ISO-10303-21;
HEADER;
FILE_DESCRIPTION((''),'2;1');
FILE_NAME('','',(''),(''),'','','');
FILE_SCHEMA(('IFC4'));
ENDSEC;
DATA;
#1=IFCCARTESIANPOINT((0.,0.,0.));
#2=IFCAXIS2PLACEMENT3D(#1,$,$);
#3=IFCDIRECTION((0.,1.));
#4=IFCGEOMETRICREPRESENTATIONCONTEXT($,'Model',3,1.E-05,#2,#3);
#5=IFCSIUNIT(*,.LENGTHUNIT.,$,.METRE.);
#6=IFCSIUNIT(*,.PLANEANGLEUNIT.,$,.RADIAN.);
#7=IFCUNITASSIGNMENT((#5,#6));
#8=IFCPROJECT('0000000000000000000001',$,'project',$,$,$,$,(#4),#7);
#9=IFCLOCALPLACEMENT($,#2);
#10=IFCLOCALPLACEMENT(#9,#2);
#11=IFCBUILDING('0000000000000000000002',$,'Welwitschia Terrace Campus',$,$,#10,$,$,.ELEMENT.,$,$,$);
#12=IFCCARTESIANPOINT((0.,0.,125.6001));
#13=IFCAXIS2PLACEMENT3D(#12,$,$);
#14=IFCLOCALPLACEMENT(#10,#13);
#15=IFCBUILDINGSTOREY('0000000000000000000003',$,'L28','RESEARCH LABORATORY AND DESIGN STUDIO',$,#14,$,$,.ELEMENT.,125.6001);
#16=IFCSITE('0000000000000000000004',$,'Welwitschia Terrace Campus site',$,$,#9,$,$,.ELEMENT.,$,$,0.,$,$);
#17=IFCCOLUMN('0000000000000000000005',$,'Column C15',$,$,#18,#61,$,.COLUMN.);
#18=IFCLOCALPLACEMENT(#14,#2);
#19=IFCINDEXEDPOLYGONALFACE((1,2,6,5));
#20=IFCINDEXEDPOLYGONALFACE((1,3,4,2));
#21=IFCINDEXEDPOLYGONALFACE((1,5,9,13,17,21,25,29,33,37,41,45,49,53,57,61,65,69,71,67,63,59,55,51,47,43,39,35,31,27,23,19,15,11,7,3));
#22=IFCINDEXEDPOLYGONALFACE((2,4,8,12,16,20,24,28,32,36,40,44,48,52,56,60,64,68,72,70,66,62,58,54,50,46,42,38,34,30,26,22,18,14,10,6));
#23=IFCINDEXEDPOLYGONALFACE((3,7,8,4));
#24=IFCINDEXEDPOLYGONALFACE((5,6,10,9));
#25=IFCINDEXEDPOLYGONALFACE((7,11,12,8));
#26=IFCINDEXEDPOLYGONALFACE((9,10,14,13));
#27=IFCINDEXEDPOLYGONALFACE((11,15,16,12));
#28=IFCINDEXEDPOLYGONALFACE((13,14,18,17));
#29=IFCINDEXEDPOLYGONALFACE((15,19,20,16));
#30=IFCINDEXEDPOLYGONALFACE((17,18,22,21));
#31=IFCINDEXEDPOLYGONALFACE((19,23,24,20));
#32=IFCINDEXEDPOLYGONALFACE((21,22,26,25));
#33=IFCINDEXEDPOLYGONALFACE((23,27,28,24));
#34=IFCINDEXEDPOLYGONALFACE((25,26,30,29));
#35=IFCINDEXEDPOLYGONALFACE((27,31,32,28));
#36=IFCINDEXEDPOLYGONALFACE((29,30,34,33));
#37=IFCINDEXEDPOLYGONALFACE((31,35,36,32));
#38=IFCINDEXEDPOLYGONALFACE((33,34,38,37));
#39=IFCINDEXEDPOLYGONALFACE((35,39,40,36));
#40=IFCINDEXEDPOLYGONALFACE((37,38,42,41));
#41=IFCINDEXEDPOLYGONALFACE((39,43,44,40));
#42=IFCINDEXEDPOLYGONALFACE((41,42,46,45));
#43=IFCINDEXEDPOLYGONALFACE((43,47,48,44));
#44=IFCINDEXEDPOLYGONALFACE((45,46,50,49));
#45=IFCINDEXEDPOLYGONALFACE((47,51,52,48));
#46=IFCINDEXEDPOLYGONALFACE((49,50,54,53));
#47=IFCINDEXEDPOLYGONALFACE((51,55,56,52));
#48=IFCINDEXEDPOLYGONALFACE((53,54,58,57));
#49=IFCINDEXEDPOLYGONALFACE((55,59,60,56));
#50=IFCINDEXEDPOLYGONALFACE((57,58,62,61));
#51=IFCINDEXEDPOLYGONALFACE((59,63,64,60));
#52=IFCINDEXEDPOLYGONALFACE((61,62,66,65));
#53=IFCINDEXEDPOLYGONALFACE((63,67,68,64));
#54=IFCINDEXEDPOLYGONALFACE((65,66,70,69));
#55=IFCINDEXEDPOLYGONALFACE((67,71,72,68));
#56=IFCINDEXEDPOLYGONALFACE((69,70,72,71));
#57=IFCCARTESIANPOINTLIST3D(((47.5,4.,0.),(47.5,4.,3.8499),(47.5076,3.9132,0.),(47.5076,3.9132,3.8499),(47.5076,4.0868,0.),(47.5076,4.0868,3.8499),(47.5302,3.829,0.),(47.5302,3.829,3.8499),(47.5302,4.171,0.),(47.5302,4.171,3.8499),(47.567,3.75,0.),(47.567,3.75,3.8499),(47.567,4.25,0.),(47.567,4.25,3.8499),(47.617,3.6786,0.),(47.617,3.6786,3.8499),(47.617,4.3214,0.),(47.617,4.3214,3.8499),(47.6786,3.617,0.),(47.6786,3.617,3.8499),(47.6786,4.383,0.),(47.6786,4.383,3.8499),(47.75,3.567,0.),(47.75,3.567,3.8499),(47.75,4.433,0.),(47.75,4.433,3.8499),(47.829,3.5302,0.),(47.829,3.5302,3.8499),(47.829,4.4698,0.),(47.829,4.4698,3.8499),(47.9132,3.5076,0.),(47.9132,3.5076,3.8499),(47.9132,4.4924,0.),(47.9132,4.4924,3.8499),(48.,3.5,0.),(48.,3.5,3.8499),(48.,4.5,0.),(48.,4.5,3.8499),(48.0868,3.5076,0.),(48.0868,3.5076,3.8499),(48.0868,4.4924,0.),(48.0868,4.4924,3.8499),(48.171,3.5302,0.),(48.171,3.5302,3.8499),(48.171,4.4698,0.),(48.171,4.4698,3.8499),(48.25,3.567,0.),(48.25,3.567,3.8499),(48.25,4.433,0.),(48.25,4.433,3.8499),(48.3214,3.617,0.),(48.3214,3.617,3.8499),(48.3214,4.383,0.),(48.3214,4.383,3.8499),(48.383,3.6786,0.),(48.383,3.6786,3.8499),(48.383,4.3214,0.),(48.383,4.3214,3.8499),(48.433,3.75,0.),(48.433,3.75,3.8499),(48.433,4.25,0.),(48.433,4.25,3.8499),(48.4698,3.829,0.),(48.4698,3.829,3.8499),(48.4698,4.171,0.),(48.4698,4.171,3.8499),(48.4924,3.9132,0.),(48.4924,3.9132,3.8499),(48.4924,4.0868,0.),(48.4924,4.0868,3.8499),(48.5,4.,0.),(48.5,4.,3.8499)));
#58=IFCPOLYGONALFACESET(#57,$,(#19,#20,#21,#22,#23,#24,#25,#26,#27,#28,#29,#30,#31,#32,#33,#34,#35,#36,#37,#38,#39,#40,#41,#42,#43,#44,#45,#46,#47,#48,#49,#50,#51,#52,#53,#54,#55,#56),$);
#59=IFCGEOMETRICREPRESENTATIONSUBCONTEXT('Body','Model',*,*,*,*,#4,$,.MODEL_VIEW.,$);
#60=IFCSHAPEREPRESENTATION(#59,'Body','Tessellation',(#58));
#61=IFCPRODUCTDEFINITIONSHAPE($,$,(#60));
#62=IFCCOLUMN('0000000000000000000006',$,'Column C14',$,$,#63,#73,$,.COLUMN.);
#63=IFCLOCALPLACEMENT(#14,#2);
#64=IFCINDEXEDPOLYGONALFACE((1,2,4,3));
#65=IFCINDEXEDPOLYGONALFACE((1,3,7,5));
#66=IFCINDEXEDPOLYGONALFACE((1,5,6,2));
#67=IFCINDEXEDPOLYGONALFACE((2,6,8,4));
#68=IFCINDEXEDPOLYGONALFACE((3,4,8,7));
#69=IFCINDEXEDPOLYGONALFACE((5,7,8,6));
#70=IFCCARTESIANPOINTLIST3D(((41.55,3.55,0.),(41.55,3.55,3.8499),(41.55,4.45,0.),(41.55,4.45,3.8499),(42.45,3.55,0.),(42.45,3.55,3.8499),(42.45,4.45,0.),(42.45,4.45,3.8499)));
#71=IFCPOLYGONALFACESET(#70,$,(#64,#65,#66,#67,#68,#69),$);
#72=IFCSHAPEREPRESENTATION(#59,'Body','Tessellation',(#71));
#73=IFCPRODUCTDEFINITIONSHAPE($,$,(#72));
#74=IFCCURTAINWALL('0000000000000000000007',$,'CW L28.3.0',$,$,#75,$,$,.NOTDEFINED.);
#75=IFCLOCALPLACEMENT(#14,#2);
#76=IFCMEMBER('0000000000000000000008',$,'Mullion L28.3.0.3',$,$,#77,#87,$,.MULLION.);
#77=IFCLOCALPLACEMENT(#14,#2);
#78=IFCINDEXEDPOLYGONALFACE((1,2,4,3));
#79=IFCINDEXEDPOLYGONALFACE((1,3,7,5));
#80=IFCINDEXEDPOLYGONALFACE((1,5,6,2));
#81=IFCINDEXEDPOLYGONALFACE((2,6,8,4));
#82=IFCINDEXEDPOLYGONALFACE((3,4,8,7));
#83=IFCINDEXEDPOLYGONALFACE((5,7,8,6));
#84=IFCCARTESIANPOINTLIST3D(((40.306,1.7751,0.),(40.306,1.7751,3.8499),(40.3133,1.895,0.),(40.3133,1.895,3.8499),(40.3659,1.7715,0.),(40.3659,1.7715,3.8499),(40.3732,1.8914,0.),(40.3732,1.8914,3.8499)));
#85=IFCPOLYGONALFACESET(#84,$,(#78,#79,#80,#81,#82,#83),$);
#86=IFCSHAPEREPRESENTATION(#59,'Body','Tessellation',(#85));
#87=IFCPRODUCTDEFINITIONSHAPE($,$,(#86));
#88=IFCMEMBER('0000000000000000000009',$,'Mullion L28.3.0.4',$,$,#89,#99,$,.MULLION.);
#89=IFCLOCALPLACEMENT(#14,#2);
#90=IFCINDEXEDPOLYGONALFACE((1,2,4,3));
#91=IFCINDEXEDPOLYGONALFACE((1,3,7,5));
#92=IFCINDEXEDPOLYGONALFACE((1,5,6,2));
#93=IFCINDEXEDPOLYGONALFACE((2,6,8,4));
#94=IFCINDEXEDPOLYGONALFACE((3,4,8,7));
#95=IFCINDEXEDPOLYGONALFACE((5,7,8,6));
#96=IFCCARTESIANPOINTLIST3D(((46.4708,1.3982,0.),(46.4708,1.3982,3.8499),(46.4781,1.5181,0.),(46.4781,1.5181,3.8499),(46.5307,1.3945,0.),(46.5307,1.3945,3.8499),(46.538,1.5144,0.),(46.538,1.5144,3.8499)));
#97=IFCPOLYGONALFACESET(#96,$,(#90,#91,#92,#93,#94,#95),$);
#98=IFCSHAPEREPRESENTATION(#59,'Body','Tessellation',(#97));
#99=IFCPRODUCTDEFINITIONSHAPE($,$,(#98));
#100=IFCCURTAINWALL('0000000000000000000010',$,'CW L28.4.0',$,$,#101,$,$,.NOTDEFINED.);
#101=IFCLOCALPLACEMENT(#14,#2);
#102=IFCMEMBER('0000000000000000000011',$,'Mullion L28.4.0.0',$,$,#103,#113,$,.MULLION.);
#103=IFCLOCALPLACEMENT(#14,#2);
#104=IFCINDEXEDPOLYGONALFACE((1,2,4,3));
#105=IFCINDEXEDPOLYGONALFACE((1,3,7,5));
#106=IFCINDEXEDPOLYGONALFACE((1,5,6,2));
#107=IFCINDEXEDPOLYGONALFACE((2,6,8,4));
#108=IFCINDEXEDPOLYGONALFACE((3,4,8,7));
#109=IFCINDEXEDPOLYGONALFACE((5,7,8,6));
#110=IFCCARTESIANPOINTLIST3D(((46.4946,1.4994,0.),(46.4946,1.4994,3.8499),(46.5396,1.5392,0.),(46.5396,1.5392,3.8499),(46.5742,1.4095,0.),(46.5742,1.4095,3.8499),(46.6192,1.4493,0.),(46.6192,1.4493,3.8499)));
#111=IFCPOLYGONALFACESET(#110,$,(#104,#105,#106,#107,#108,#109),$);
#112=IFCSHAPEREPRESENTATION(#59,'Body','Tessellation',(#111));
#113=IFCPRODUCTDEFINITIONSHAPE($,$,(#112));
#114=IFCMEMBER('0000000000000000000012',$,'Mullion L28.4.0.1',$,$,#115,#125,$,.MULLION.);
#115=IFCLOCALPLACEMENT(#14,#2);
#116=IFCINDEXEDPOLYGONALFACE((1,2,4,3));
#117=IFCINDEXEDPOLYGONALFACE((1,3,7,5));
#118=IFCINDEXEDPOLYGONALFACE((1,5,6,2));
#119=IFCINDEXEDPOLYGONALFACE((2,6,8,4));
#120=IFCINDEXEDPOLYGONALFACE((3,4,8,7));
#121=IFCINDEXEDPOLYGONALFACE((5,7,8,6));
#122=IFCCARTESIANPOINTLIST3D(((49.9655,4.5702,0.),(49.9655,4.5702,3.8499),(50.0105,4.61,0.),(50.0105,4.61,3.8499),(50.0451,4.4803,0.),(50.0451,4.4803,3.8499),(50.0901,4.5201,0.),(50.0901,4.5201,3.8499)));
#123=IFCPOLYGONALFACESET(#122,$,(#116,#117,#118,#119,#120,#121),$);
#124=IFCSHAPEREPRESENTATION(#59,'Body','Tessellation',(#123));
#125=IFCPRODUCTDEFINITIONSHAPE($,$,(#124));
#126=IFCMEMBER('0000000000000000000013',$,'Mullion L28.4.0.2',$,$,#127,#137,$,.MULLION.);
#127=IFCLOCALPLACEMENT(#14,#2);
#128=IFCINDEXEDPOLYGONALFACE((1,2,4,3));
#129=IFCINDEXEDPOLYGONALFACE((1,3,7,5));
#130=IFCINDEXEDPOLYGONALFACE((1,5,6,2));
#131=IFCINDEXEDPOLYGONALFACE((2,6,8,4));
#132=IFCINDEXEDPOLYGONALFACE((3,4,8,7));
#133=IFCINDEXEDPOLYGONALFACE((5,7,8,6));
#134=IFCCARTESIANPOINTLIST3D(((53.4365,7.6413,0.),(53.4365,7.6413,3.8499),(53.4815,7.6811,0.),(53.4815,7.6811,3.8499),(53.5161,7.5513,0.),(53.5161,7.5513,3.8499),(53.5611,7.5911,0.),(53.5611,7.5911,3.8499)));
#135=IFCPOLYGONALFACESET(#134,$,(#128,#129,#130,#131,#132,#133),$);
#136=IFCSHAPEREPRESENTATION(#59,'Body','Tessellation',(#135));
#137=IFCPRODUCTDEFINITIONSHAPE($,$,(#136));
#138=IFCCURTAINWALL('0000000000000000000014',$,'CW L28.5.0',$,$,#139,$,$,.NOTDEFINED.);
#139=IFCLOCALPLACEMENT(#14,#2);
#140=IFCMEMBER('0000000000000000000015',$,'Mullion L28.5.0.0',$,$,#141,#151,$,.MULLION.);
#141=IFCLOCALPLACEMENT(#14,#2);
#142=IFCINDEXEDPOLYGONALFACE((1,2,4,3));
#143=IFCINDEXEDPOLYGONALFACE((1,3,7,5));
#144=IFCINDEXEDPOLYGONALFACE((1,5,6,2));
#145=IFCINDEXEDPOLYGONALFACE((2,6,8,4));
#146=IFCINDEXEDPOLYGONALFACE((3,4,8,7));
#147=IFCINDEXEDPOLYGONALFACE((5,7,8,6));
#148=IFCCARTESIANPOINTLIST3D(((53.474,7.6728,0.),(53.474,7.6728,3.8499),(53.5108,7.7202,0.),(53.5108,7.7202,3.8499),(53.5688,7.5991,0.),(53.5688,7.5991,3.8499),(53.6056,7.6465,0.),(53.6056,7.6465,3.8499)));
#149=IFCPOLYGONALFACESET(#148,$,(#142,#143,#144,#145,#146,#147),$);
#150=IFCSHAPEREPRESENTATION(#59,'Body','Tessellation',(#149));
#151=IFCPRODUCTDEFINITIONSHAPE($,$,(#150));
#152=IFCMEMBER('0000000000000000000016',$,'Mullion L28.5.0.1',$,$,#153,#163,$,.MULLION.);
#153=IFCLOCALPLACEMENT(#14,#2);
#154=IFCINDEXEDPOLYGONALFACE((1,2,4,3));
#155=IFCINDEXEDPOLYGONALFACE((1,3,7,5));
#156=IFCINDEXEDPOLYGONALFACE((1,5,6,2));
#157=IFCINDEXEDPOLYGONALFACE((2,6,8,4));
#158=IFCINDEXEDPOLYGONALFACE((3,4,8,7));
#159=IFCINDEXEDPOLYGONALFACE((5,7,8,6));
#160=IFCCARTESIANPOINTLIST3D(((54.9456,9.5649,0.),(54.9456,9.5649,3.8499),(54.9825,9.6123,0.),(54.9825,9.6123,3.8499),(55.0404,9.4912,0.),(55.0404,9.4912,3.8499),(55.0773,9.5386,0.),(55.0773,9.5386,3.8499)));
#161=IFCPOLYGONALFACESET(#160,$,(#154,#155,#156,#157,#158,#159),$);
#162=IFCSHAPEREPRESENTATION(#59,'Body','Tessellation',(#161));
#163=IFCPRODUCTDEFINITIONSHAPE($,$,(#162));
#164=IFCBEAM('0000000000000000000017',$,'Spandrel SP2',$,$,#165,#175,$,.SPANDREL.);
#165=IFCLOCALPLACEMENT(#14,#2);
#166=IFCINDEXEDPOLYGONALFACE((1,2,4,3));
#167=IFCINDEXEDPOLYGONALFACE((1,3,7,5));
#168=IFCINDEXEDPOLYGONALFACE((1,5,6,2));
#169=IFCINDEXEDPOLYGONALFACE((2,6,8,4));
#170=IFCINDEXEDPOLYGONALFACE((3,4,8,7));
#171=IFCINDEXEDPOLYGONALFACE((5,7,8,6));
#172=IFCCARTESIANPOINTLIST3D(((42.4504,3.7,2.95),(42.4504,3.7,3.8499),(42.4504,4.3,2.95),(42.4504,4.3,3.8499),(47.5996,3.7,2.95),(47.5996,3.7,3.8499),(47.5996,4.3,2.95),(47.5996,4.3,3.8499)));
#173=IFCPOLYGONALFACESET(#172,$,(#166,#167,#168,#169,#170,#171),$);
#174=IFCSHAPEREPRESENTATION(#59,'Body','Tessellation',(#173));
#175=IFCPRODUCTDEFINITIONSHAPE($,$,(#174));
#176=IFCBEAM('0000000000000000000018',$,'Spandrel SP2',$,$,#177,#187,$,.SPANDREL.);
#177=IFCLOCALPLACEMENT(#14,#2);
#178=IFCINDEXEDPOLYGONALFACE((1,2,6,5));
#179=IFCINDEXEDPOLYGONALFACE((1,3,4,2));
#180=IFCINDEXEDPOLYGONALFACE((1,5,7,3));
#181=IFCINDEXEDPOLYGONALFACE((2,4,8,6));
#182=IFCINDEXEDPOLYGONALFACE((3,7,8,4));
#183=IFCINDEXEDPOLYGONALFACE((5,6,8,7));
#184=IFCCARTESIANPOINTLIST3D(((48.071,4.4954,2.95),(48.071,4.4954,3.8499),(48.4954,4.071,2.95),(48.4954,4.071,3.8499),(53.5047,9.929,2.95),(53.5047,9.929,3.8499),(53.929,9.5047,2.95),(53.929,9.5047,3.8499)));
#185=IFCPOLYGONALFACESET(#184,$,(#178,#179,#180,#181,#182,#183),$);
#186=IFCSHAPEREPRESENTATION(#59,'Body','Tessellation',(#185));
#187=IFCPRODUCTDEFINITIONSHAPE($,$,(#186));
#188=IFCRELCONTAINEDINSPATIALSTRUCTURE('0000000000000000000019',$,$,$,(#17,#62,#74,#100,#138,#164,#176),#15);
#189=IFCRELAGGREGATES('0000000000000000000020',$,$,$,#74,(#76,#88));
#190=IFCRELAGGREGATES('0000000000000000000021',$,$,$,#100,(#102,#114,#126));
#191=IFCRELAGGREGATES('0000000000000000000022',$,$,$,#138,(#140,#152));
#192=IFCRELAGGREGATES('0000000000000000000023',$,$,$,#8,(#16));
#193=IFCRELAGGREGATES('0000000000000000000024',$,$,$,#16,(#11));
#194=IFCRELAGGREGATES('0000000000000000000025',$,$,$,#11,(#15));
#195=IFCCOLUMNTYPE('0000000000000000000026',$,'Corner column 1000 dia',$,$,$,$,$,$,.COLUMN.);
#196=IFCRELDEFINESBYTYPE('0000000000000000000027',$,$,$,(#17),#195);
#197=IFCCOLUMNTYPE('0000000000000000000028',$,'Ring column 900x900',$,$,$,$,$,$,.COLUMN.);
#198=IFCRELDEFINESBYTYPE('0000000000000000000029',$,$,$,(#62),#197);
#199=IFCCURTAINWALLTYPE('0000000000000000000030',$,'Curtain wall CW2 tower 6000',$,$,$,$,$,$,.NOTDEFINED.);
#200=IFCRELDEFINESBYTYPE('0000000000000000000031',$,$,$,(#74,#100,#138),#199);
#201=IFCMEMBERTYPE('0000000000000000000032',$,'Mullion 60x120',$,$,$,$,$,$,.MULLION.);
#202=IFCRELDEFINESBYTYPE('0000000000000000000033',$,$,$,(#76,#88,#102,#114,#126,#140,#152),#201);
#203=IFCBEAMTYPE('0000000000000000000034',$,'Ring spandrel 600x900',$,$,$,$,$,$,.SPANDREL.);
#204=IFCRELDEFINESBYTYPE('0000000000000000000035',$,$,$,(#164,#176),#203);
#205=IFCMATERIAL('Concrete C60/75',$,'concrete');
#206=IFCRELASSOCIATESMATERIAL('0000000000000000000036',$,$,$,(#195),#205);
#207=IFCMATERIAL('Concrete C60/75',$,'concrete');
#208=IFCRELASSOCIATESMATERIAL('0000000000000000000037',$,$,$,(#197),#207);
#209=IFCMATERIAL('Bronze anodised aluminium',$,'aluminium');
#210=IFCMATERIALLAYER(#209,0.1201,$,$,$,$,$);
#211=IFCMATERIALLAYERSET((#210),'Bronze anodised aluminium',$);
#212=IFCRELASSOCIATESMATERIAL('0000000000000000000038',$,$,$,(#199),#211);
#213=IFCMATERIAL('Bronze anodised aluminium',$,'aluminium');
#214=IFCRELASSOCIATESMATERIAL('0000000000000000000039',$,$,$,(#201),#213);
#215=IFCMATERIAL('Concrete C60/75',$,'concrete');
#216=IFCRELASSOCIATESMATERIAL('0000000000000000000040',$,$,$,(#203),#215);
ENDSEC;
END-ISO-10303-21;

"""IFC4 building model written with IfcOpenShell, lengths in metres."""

from ifc_helpers import new_model, si_unit, direction, frame, origin, origin_2d, place, context, subcontext, project, spatial, rectangle, circle, extrude, material, layer, layer_set, material_profile, profile_set, type_object, element, aggregate, save


model = new_model("IFC4")

# Units and contexts
model_context = context("Model", 3, precision=1e-05, world=origin(), true_north=direction((0.0, 1.0)))
body_context = subcontext(model_context, "Body", "Model", "MODEL_VIEW")
ifc_project = project(units=[si_unit("LENGTHUNIT", "METRE"), si_unit("PLANEANGLEUNIT", "RADIAN")], contexts=[model_context])

# Site, building, storey
site_placement = place(None, origin())
site = spatial("IfcSite", under=ifc_project, at=site_placement, Name="Welwitschia Terrace Campus site", CompositionType="ELEMENT", RefElevation=0.0)
building_placement = place(site_placement, origin())
building = spatial("IfcBuilding", under=site, at=building_placement, Name="Welwitschia Terrace Campus", CompositionType="ELEMENT")
storey_placement = place(building_placement, frame((0.0, 0.0, 125.6001)))
storey = spatial("IfcBuildingStorey", under=building, at=storey_placement, Name="L28", Description="RESEARCH LABORATORY AND DESIGN STUDIO", CompositionType="ELEMENT", Elevation=125.6001)

# Columns
ifc_material_1 = material(Name="Concrete C60/75", Category="concrete")
ifc_material_profile_1 = material_profile(ifc_material_1, circle(Radius=0.5, at=origin_2d()))
ifc_profile_set_1 = profile_set([ifc_material_profile_1], Name="Concrete C60/75")
column_type_1 = type_object("IfcColumnType", Name="Corner column 1000 dia", PredefinedType="COLUMN", material=ifc_profile_set_1)
column_1_placement = place(storey_placement, frame((48.0, 4.0, 0.0), z_axis=(0.0, 0.0, 1.0), x_axis=(1.0, 0.0, 0.0)))
element("IfcColumn", 1, at=column_1_placement, inside=storey, type_object=column_type_1, Name="Column C15", PredefinedType="COLUMN", context=body_context, shape_type="SweptSolid", body=[
    extrude(circle(Radius=0.5, at=origin_2d()), origin(), (0.0, 0.0, 1.0), 3.8499),
])
ifc_material_2 = material(Name="Concrete C60/75", Category="concrete")
ifc_material_profile_2 = material_profile(ifc_material_2, rectangle(XDim=0.8999, YDim=0.8999, at=origin_2d()))
ifc_profile_set_2 = profile_set([ifc_material_profile_2], Name="Concrete C60/75")
column_type_2 = type_object("IfcColumnType", Name="Ring column 900x900", PredefinedType="COLUMN", material=ifc_profile_set_2)
column_2_placement = place(storey_placement, frame((42.0, 4.0, 0.0), z_axis=(0.0, 0.0, 1.0), x_axis=(1.0, 0.0, 0.0)))
element("IfcColumn", 2, at=column_2_placement, inside=storey, type_object=column_type_2, Name="Column C14", PredefinedType="COLUMN", context=body_context, shape_type="SweptSolid", body=[
    extrude(rectangle(XDim=0.8999, YDim=0.8999, at=origin_2d()), origin(), (0.0, 0.0, 1.0), 3.8499),
])

# Curtain walls, members
ifc_material_3 = material(Name="Bronze anodised aluminium", Category="aluminium")
ifc_layer_1 = layer(ifc_material_3, 0.1201)
ifc_layer_set_1 = layer_set([ifc_layer_1], Name="Bronze anodised aluminium")
curtain_wall_type = type_object("IfcCurtainWallType", Name="Curtain wall CW2 tower 6000", PredefinedType="NOTDEFINED", material=ifc_layer_set_1)
curtain_wall_1_placement = place(storey_placement, origin())
curtain_wall_1 = element("IfcCurtainWall", 3, at=curtain_wall_1_placement, inside=storey, type_object=curtain_wall_type, Name="CW L28.3.0", PredefinedType="NOTDEFINED")
ifc_material_4 = material(Name="Bronze anodised aluminium", Category="aluminium")
ifc_material_profile_3 = material_profile(ifc_material_4, rectangle(XDim=0.1201, YDim=0.0601, at=origin_2d()))
ifc_profile_set_3 = profile_set([ifc_material_profile_3], Name="Bronze anodised aluminium")
member_type_1 = type_object("IfcMemberType", Name="Mullion 60x120", PredefinedType="MULLION", material=ifc_profile_set_3)
member_1_placement = place(storey_placement, frame((40.3396, 1.8333, 0.0), z_axis=(0.0, 0.0, 1.0), x_axis=(0.061049, 0.998135, 0.0)))
member_1 = element("IfcMember", 4, at=member_1_placement, type_object=member_type_1, Name="Mullion L28.3.0.3", PredefinedType="MULLION", context=body_context, shape_type="SweptSolid", body=[
    extrude(rectangle(XDim=0.1201, YDim=0.0601, at=origin_2d()), origin(), (0.0, 0.0, 1.0), 3.8499),
])
member_2_placement = place(storey_placement, frame((46.5044, 1.4563, 0.0), z_axis=(0.0, 0.0, 1.0), x_axis=(0.061049, 0.998135, 0.0)))
member_2 = element("IfcMember", 5, at=member_2_placement, type_object=member_type_1, Name="Mullion L28.3.0.4", PredefinedType="MULLION", context=body_context, shape_type="SweptSolid", body=[
    extrude(rectangle(XDim=0.1201, YDim=0.0601, at=origin_2d()), origin(), (0.0, 0.0, 1.0), 3.8499),
])
curtain_wall_2_placement = place(storey_placement, origin())
curtain_wall_2 = element("IfcCurtainWall", 6, at=curtain_wall_2_placement, inside=storey, type_object=curtain_wall_type, Name="CW L28.4.0", PredefinedType="NOTDEFINED")
member_3_placement = place(storey_placement, frame((46.5569, 1.4744, 0.0), z_axis=(0.0, 0.0, 1.0), x_axis=(-0.66262, 0.748956, 0.0)))
member_3 = element("IfcMember", 7, at=member_3_placement, type_object=member_type_1, Name="Mullion L28.4.0.0", PredefinedType="MULLION", context=body_context, shape_type="SweptSolid", body=[
    extrude(rectangle(XDim=0.1201, YDim=0.0601, at=origin_2d()), origin(), (0.0, 0.0, 1.0), 3.8499),
])
member_4_placement = place(storey_placement, frame((50.0278, 4.5452, 0.0), z_axis=(0.0, 0.0, 1.0), x_axis=(-0.66262, 0.748956, 0.0)))
member_4 = element("IfcMember", 8, at=member_4_placement, type_object=member_type_1, Name="Mullion L28.4.0.1", PredefinedType="MULLION", context=body_context, shape_type="SweptSolid", body=[
    extrude(rectangle(XDim=0.1201, YDim=0.0601, at=origin_2d()), origin(), (0.0, 0.0, 1.0), 3.8499),
])
member_5_placement = place(storey_placement, frame((53.4988, 7.6162, 0.0), z_axis=(0.0, 0.0, 1.0), x_axis=(-0.66262, 0.748956, 0.0)))
member_5 = element("IfcMember", 9, at=member_5_placement, type_object=member_type_1, Name="Mullion L28.4.0.2", PredefinedType="MULLION", context=body_context, shape_type="SweptSolid", body=[
    extrude(rectangle(XDim=0.1201, YDim=0.0601, at=origin_2d()), origin(), (0.0, 0.0, 1.0), 3.8499),
])
curtain_wall_3_placement = place(storey_placement, origin())
curtain_wall_3 = element("IfcCurtainWall", 10, at=curtain_wall_3_placement, inside=storey, type_object=curtain_wall_type, Name="CW L28.5.0", PredefinedType="NOTDEFINED")
member_6_placement = place(storey_placement, frame((53.5398, 7.6597, 0.0), z_axis=(0.0, 0.0, 1.0), x_axis=(-0.789304, 0.614002, 0.0)))
member_6 = element("IfcMember", 11, at=member_6_placement, type_object=member_type_1, Name="Mullion L28.5.0.0", PredefinedType="MULLION", context=body_context, shape_type="SweptSolid", body=[
    extrude(rectangle(XDim=0.1201, YDim=0.0601, at=origin_2d()), origin(), (0.0, 0.0, 1.0), 3.8499),
])
member_7_placement = place(storey_placement, frame((55.0115, 9.5518, 0.0), z_axis=(0.0, 0.0, 1.0), x_axis=(-0.789304, 0.614002, 0.0)))
member_7 = element("IfcMember", 12, at=member_7_placement, type_object=member_type_1, Name="Mullion L28.5.0.1", PredefinedType="MULLION", context=body_context, shape_type="SweptSolid", body=[
    extrude(rectangle(XDim=0.1201, YDim=0.0601, at=origin_2d()), origin(), (0.0, 0.0, 1.0), 3.8499),
])

# Beams
ifc_material_5 = material(Name="Concrete C60/75", Category="concrete")
ifc_material_profile_4 = material_profile(ifc_material_5, rectangle(XDim=0.6001, YDim=0.8999, at=origin_2d()))
ifc_profile_set_4 = profile_set([ifc_material_profile_4], Name="Concrete C60/75")
beam_type = type_object("IfcBeamType", Name="Ring spandrel 600x900", PredefinedType="SPANDREL", material=ifc_profile_set_4)
beam_1_placement = place(storey_placement, frame((42.4504, 4.0, 3.3999), z_axis=(1.0, 0.0, 0.0), x_axis=(0.0, 1.0, 0.0)))
element("IfcBeam", 13, at=beam_1_placement, inside=storey, type_object=beam_type, Name="Spandrel SP2", PredefinedType="SPANDREL", context=body_context, shape_type="SweptSolid", body=[
    extrude(rectangle(XDim=0.6001, YDim=0.8999, at=origin_2d()), origin(), (0.0, 0.0, 1.0), 5.1492),
])
beam_2_placement = place(storey_placement, frame((48.2832, 4.2832, 3.3999), z_axis=(0.707107, 0.707107, 0.0), x_axis=(-0.707107, 0.707107, 0.0)))
element("IfcBeam", 14, at=beam_2_placement, inside=storey, type_object=beam_type, Name="Spandrel SP2", PredefinedType="SPANDREL", context=body_context, shape_type="SweptSolid", body=[
    extrude(rectangle(XDim=0.6001, YDim=0.8999, at=origin_2d()), origin(), (0.0, 0.0, 1.0), 7.6843),
])

aggregate(curtain_wall_1, [member_1, member_2])
aggregate(curtain_wall_2, [member_3, member_4, member_5])
aggregate(curtain_wall_3, [member_6, member_7])

save(model, "model.ifc")
